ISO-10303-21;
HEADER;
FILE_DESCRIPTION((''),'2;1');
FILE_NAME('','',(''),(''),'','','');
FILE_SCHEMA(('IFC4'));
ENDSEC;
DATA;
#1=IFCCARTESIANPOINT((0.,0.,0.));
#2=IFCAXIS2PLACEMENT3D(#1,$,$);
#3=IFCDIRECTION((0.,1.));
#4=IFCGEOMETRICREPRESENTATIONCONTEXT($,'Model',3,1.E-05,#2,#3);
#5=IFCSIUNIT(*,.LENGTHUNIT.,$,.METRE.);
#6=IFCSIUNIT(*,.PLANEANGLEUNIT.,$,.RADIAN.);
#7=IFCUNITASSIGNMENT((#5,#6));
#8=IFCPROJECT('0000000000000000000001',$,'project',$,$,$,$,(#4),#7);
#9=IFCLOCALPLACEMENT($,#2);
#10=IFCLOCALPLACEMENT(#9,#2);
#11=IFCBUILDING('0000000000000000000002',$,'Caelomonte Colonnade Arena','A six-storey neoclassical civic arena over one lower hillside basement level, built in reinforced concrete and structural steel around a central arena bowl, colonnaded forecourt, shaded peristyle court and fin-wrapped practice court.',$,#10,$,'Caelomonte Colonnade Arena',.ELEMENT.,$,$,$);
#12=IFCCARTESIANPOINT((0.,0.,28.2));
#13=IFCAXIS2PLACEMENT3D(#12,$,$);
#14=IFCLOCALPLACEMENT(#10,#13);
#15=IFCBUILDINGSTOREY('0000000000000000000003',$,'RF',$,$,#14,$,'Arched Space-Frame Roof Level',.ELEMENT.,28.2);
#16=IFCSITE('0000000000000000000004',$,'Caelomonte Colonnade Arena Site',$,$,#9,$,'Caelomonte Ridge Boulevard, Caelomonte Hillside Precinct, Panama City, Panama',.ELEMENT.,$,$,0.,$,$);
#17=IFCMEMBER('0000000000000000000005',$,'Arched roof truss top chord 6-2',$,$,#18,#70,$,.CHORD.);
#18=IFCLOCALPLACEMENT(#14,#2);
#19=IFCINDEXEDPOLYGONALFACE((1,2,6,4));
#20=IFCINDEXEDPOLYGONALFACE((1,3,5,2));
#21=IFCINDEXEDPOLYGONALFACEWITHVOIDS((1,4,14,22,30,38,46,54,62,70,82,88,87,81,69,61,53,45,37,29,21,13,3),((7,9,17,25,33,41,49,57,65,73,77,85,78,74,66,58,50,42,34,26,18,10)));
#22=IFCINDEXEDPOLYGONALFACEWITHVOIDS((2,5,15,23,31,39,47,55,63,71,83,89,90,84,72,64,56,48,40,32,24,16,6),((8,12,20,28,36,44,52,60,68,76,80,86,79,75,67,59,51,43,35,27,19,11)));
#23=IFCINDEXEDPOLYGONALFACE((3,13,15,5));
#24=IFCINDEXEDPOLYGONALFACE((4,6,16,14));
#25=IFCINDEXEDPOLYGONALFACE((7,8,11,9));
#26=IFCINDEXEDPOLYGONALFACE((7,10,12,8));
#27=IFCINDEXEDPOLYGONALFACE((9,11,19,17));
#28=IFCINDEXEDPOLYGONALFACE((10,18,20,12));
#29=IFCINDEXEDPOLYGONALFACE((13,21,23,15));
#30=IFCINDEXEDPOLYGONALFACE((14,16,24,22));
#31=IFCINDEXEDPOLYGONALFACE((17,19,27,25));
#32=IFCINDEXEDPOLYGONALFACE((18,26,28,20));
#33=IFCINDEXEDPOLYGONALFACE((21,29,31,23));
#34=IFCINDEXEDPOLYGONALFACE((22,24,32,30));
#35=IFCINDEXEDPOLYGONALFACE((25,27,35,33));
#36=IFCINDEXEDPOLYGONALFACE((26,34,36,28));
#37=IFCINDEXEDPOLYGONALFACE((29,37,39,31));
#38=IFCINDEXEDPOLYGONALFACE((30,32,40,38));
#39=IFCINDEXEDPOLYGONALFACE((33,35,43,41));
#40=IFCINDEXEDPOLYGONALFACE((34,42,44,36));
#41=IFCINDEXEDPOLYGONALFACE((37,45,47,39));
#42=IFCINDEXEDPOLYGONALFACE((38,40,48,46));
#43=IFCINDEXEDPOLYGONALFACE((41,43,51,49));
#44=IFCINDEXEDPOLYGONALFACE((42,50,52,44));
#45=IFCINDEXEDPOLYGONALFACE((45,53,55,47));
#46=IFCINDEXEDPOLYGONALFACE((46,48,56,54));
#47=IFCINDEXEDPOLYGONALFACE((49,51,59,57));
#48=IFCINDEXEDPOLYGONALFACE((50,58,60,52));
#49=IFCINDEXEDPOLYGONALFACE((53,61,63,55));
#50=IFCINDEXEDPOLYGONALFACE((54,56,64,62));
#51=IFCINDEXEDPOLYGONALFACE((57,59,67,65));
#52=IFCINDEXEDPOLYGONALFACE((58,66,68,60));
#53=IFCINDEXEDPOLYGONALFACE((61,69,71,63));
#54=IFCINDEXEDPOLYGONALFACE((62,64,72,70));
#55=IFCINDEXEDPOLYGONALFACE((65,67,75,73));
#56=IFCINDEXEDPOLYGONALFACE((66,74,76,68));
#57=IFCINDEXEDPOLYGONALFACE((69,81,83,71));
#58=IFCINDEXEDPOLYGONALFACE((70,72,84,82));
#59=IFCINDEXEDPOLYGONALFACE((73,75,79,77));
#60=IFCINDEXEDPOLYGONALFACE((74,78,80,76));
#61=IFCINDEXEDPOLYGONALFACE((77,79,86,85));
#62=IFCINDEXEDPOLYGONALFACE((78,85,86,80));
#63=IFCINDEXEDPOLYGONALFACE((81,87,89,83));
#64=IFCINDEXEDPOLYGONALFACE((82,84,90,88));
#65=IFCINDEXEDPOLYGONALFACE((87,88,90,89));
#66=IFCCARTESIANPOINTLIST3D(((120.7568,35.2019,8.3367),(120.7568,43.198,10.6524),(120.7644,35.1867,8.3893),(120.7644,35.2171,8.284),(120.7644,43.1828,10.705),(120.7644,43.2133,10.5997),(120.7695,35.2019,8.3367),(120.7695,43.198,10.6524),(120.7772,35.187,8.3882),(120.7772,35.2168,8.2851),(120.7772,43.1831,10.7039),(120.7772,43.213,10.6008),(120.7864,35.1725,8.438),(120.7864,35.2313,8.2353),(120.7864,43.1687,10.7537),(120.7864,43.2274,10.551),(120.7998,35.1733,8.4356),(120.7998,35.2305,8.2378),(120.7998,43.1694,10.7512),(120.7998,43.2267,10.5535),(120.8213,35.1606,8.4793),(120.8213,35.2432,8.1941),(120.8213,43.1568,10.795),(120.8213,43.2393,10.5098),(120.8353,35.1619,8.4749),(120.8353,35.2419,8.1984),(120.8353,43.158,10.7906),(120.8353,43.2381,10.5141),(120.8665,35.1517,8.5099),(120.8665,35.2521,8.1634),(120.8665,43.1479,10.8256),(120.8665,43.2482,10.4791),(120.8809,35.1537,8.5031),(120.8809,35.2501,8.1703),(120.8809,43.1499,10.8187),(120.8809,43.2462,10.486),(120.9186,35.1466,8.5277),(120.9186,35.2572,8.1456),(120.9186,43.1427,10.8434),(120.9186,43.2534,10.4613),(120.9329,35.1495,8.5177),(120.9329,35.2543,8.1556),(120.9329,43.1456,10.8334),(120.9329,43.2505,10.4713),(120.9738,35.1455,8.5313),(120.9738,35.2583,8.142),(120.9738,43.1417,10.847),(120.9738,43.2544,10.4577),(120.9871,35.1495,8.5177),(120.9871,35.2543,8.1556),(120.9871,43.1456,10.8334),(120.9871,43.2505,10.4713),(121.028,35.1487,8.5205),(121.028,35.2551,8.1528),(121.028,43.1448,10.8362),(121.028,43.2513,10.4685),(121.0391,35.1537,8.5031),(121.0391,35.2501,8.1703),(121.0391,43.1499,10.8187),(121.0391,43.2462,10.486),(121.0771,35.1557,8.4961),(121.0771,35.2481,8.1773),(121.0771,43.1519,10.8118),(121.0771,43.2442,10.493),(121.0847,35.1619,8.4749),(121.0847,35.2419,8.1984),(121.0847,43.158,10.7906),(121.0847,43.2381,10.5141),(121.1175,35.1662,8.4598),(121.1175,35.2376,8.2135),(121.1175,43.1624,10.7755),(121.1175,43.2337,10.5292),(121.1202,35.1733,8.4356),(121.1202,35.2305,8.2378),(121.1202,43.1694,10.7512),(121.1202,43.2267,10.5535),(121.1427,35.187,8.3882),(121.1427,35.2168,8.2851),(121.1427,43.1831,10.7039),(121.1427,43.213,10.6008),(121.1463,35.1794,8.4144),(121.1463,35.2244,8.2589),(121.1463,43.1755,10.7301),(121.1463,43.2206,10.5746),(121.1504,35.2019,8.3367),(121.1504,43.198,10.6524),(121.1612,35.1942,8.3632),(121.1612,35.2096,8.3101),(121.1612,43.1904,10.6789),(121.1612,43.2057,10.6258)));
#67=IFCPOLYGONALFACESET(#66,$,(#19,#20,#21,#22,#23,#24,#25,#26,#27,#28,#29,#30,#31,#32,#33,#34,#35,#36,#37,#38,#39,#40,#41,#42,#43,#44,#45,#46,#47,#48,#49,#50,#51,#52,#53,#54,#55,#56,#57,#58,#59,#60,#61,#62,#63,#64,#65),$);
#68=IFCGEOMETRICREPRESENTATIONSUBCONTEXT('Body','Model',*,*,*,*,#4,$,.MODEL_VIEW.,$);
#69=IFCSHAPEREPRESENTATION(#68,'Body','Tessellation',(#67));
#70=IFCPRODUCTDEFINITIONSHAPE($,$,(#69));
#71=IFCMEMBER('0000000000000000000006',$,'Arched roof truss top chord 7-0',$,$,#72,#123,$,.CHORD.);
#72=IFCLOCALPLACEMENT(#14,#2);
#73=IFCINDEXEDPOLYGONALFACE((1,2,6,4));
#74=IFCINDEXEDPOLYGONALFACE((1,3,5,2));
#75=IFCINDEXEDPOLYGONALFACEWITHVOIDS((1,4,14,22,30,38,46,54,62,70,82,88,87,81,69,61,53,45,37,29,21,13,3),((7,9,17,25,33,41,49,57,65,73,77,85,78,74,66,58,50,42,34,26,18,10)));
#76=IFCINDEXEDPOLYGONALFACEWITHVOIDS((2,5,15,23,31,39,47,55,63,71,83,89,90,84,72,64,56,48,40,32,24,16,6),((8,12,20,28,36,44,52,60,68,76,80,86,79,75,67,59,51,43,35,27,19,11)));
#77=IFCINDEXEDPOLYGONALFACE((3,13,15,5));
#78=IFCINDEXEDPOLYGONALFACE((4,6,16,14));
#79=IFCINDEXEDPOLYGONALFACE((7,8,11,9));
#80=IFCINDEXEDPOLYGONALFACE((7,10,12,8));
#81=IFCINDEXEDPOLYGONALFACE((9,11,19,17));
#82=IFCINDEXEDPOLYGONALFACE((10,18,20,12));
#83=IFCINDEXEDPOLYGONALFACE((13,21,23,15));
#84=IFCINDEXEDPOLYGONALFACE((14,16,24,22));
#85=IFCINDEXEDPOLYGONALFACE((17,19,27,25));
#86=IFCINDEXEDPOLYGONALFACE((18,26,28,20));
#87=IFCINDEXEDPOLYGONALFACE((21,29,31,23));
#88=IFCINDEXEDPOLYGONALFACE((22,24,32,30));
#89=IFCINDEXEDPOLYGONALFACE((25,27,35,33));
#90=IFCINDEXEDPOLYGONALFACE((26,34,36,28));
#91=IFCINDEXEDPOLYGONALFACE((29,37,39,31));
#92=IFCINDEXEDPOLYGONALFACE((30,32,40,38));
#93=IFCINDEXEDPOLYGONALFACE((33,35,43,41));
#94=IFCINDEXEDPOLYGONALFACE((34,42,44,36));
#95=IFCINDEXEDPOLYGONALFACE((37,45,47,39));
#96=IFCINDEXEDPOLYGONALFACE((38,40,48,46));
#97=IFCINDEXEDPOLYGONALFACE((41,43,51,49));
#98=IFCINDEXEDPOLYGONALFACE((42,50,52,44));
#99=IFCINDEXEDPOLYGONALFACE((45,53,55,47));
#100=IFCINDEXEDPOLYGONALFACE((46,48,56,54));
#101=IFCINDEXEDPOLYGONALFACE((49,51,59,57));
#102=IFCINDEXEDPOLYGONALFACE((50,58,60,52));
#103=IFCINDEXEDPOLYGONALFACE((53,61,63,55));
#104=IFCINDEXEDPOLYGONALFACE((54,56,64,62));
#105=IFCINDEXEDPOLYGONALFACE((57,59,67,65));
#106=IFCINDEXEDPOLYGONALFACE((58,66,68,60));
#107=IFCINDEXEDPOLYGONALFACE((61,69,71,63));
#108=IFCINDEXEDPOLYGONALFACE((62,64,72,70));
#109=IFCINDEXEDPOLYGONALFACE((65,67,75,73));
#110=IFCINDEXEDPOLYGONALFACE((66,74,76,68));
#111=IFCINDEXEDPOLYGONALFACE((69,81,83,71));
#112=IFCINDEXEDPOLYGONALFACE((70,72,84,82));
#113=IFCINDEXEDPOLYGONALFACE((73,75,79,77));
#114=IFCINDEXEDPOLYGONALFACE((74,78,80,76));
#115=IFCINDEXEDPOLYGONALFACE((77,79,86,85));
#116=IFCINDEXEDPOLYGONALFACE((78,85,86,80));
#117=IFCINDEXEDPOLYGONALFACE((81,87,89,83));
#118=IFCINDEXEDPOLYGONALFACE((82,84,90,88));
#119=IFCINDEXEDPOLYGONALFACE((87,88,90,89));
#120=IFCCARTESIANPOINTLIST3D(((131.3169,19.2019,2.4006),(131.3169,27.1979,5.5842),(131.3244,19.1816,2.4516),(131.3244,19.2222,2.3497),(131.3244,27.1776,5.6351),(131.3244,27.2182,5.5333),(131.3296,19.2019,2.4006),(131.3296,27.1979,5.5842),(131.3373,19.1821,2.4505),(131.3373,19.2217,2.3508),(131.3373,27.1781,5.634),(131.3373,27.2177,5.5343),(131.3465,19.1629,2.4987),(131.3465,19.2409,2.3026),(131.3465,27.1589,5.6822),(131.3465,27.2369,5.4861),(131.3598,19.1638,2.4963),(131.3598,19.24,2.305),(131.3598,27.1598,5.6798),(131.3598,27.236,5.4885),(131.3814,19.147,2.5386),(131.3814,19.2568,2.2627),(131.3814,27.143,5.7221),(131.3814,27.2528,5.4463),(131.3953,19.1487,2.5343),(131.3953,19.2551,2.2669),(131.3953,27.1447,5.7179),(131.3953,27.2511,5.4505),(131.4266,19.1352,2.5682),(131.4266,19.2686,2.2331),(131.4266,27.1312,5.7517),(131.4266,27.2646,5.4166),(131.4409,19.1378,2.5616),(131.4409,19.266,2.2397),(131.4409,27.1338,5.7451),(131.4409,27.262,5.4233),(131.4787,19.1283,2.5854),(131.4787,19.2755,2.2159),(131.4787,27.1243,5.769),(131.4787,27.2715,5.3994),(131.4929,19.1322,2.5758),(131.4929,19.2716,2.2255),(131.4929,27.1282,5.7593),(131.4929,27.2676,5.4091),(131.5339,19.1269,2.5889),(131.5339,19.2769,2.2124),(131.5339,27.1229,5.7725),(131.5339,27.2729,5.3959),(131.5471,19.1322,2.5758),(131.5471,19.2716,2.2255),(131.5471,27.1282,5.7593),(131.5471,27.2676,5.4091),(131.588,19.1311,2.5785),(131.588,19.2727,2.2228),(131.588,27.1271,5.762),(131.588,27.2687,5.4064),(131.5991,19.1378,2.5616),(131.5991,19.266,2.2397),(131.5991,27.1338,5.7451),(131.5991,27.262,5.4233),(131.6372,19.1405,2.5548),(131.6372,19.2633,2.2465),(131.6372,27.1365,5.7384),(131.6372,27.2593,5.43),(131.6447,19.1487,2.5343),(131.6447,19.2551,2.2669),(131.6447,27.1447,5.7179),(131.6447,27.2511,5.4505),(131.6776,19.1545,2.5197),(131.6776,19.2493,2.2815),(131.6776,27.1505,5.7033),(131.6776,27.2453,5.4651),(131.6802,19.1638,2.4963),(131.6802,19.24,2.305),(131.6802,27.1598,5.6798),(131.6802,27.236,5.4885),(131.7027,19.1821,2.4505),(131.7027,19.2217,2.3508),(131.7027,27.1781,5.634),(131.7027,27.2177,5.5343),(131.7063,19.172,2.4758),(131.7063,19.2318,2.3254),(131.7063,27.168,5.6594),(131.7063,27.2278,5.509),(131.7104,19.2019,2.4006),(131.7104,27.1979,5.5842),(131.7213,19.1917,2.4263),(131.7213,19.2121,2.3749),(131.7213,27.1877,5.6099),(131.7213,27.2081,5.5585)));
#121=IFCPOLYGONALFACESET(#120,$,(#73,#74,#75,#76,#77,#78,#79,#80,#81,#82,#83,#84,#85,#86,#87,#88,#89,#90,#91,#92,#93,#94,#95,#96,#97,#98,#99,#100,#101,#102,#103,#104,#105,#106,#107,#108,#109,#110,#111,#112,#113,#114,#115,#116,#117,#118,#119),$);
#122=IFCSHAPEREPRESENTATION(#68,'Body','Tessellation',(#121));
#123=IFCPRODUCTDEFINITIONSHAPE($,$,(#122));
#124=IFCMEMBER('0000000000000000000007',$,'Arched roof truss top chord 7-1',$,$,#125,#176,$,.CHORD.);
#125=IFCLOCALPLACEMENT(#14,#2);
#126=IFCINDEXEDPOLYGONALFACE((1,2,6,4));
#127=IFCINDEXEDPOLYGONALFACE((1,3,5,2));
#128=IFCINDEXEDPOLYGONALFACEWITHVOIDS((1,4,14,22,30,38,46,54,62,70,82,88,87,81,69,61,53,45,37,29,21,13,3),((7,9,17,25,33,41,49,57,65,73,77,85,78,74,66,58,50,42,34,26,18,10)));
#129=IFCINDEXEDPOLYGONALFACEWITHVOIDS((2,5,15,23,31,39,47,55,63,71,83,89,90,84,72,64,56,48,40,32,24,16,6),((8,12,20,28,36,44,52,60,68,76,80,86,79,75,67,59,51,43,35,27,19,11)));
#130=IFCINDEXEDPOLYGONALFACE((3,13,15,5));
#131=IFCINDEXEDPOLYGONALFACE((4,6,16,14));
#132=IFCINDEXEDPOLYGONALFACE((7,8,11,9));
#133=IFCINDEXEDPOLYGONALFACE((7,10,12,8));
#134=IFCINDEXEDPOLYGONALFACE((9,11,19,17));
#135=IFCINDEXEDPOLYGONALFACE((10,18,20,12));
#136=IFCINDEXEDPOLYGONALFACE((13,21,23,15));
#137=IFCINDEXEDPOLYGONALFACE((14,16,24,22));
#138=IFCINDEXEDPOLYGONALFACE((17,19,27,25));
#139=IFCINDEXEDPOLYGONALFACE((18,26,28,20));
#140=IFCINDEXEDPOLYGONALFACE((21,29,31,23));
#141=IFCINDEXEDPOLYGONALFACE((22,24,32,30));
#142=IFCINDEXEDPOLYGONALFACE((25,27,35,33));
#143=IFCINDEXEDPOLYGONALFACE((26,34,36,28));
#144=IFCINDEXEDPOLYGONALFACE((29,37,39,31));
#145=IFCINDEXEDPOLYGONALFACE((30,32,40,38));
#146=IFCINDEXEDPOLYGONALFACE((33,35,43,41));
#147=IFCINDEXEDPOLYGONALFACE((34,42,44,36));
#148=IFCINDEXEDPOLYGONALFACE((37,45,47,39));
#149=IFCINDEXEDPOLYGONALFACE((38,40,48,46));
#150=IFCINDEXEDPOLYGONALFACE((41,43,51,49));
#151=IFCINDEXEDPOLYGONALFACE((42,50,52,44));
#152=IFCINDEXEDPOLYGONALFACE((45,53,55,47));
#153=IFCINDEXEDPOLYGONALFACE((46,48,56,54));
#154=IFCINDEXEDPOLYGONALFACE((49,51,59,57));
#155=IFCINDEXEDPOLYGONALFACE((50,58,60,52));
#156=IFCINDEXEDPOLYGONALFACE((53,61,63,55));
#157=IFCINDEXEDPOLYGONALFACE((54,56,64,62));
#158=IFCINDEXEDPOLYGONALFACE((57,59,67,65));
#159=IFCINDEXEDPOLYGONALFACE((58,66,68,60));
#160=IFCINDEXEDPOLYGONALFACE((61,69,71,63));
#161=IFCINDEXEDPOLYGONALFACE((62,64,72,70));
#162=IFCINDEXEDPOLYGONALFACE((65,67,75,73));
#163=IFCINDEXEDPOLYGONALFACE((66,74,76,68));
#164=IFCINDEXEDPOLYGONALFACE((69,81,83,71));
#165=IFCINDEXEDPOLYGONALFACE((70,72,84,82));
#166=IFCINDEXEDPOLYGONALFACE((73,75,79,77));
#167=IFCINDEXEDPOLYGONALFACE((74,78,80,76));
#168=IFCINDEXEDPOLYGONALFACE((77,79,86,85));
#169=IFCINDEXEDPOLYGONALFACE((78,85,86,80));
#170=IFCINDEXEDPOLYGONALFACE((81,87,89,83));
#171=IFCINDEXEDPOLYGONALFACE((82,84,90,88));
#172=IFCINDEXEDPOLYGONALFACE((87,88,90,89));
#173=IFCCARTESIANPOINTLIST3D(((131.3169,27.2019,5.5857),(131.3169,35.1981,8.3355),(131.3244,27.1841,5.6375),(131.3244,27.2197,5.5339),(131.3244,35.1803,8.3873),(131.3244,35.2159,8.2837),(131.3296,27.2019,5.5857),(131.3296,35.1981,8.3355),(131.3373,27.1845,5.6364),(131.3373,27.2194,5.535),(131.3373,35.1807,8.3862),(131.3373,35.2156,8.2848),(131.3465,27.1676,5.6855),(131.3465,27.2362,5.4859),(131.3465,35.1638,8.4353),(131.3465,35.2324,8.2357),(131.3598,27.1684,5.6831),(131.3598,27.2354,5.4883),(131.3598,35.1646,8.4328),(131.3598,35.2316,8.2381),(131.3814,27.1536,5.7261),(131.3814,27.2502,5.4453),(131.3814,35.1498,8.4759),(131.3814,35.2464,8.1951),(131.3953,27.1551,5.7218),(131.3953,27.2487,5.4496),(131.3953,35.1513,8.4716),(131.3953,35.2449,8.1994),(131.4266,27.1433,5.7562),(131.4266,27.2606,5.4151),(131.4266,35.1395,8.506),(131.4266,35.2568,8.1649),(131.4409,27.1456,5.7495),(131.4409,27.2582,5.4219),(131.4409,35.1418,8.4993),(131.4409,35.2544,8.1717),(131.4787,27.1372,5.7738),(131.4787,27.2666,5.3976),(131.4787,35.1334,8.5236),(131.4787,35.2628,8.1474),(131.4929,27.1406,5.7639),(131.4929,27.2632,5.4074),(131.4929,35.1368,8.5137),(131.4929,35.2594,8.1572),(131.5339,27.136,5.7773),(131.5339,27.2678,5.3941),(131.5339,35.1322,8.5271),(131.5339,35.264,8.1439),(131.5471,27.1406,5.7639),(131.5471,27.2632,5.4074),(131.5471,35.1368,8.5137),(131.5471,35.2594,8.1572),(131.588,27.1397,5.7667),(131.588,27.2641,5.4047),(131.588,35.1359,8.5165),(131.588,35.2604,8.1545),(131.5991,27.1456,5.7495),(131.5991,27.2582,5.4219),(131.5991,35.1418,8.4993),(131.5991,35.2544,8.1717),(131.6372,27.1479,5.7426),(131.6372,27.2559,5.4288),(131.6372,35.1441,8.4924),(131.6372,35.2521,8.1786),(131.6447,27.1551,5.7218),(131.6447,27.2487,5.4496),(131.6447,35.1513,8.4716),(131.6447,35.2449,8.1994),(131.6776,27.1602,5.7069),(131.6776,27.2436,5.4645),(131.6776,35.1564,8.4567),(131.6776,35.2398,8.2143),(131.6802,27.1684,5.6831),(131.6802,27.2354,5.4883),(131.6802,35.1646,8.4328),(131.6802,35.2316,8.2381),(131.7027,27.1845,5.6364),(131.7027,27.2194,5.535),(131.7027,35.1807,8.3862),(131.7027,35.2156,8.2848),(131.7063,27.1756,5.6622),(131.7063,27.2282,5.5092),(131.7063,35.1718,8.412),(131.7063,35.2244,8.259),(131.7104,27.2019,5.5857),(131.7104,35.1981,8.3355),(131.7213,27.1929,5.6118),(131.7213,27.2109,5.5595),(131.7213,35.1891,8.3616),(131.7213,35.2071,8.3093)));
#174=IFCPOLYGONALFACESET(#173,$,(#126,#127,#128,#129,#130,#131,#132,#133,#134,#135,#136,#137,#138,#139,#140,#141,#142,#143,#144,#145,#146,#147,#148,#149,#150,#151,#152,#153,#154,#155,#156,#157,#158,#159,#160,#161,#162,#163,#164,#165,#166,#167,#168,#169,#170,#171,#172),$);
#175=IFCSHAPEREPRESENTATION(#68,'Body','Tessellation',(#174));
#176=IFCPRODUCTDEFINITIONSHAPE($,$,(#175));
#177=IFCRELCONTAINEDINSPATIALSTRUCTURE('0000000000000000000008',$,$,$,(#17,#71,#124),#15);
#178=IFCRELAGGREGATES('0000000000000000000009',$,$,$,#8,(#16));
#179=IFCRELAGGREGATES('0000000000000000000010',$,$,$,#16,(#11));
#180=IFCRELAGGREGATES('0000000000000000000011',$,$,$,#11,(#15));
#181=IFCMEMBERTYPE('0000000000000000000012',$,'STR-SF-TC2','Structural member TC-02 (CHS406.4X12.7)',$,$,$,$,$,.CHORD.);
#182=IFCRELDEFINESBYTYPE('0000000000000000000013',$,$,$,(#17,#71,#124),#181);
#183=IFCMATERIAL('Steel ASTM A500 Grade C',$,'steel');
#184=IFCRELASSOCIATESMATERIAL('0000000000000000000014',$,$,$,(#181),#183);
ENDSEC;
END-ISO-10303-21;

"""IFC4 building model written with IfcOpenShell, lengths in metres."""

from ifc_helpers import new_model, si_unit, direction, frame, origin, origin_2d, place, context, subcontext, project, spatial, hollow_circle, extrude, material, material_profile, profile_set, type_object, element, save


model = new_model("IFC4")

# Units and contexts
model_context = context("Model", 3, precision=1e-05, world=origin(), true_north=direction((0.0, 1.0)))
body_context = subcontext(model_context, "Body", "Model", "MODEL_VIEW")
ifc_project = project(units=[si_unit("LENGTHUNIT", "METRE"), si_unit("PLANEANGLEUNIT", "RADIAN")], contexts=[model_context])

# Site, building, storey
site_placement = place(None, origin())
site = spatial("IfcSite", under=ifc_project, at=site_placement, Name="Caelomonte Colonnade Arena Site", LongName="Caelomonte Ridge Boulevard, Caelomonte Hillside Precinct, Panama City, Panama", CompositionType="ELEMENT", RefElevation=0.0)
building_placement = place(site_placement, origin())
building = spatial("IfcBuilding", under=site, at=building_placement, Name="Caelomonte Colonnade Arena", Description="A six-storey neoclassical civic arena over one lower hillside basement level, built in reinforced concrete and structural steel around a central arena bowl, colonnaded forecourt, shaded peristyle court and fin-wrapped practice court.", LongName="Caelomonte Colonnade Arena", CompositionType="ELEMENT")
storey_placement = place(building_placement, frame((0.0, 0.0, 28.2)))
storey = spatial("IfcBuildingStorey", under=building, at=storey_placement, Name="RF", LongName="Arched Space-Frame Roof Level", CompositionType="ELEMENT", Elevation=28.2)

# Members
ifc_material_1 = material(Name="Steel ASTM A500 Grade C", Category="steel")
ifc_material_profile_1 = material_profile(ifc_material_1, hollow_circle(Radius=0.2031, WallThickness=0.0127, at=origin_2d()), Name="CHS406.4X12.7")
ifc_profile_set_1 = profile_set([ifc_material_profile_1], Name="Steel ASTM A500 Grade C")
member_type_1 = type_object("IfcMemberType", Name="STR-SF-TC2", Description="Structural member TC-02 (CHS406.4X12.7)", PredefinedType="CHORD", material=ifc_profile_set_1)
member_1_placement = place(storey_placement, frame((120.96, 35.2019, 8.3367), z_axis=(0.0, 0.960532, 0.278171), x_axis=(-1.0, 0.0, 0.0)))
element("IfcMember", 1, at=member_1_placement, inside=storey, type_object=member_type_1, Name="Arched roof truss top chord 6-2", PredefinedType="CHORD", context=body_context, shape_type="SweptSolid", body=[
    extrude(hollow_circle(Radius=0.2031, WallThickness=0.0127, at=origin_2d()), origin(), (0.0, 0.0, 1.0), 8.3247),
])
member_2_placement = place(storey_placement, frame((131.52, 19.2019, 2.4006), z_axis=(0.0, 0.92907, 0.369903), x_axis=(-1.0, 0.0, 0.0)))
element("IfcMember", 2, at=member_2_placement, inside=storey, type_object=member_type_1, Name="Arched roof truss top chord 7-0", PredefinedType="CHORD", context=body_context, shape_type="SweptSolid", body=[
    extrude(hollow_circle(Radius=0.2031, WallThickness=0.0127, at=origin_2d()), origin(), (0.0, 0.0, 1.0), 8.6064),
])
member_3_placement = place(storey_placement, frame((131.52, 27.2019, 5.5857), z_axis=(0.0, 0.945647, 0.325196), x_axis=(-1.0, 0.0, 0.0)))
element("IfcMember", 3, at=member_3_placement, inside=storey, type_object=member_type_1, Name="Arched roof truss top chord 7-1", PredefinedType="CHORD", context=body_context, shape_type="SweptSolid", body=[
    extrude(hollow_circle(Radius=0.2031, WallThickness=0.0127, at=origin_2d()), origin(), (0.0, 0.0, 1.0), 8.4558),
])

save(model, "model.ifc")
